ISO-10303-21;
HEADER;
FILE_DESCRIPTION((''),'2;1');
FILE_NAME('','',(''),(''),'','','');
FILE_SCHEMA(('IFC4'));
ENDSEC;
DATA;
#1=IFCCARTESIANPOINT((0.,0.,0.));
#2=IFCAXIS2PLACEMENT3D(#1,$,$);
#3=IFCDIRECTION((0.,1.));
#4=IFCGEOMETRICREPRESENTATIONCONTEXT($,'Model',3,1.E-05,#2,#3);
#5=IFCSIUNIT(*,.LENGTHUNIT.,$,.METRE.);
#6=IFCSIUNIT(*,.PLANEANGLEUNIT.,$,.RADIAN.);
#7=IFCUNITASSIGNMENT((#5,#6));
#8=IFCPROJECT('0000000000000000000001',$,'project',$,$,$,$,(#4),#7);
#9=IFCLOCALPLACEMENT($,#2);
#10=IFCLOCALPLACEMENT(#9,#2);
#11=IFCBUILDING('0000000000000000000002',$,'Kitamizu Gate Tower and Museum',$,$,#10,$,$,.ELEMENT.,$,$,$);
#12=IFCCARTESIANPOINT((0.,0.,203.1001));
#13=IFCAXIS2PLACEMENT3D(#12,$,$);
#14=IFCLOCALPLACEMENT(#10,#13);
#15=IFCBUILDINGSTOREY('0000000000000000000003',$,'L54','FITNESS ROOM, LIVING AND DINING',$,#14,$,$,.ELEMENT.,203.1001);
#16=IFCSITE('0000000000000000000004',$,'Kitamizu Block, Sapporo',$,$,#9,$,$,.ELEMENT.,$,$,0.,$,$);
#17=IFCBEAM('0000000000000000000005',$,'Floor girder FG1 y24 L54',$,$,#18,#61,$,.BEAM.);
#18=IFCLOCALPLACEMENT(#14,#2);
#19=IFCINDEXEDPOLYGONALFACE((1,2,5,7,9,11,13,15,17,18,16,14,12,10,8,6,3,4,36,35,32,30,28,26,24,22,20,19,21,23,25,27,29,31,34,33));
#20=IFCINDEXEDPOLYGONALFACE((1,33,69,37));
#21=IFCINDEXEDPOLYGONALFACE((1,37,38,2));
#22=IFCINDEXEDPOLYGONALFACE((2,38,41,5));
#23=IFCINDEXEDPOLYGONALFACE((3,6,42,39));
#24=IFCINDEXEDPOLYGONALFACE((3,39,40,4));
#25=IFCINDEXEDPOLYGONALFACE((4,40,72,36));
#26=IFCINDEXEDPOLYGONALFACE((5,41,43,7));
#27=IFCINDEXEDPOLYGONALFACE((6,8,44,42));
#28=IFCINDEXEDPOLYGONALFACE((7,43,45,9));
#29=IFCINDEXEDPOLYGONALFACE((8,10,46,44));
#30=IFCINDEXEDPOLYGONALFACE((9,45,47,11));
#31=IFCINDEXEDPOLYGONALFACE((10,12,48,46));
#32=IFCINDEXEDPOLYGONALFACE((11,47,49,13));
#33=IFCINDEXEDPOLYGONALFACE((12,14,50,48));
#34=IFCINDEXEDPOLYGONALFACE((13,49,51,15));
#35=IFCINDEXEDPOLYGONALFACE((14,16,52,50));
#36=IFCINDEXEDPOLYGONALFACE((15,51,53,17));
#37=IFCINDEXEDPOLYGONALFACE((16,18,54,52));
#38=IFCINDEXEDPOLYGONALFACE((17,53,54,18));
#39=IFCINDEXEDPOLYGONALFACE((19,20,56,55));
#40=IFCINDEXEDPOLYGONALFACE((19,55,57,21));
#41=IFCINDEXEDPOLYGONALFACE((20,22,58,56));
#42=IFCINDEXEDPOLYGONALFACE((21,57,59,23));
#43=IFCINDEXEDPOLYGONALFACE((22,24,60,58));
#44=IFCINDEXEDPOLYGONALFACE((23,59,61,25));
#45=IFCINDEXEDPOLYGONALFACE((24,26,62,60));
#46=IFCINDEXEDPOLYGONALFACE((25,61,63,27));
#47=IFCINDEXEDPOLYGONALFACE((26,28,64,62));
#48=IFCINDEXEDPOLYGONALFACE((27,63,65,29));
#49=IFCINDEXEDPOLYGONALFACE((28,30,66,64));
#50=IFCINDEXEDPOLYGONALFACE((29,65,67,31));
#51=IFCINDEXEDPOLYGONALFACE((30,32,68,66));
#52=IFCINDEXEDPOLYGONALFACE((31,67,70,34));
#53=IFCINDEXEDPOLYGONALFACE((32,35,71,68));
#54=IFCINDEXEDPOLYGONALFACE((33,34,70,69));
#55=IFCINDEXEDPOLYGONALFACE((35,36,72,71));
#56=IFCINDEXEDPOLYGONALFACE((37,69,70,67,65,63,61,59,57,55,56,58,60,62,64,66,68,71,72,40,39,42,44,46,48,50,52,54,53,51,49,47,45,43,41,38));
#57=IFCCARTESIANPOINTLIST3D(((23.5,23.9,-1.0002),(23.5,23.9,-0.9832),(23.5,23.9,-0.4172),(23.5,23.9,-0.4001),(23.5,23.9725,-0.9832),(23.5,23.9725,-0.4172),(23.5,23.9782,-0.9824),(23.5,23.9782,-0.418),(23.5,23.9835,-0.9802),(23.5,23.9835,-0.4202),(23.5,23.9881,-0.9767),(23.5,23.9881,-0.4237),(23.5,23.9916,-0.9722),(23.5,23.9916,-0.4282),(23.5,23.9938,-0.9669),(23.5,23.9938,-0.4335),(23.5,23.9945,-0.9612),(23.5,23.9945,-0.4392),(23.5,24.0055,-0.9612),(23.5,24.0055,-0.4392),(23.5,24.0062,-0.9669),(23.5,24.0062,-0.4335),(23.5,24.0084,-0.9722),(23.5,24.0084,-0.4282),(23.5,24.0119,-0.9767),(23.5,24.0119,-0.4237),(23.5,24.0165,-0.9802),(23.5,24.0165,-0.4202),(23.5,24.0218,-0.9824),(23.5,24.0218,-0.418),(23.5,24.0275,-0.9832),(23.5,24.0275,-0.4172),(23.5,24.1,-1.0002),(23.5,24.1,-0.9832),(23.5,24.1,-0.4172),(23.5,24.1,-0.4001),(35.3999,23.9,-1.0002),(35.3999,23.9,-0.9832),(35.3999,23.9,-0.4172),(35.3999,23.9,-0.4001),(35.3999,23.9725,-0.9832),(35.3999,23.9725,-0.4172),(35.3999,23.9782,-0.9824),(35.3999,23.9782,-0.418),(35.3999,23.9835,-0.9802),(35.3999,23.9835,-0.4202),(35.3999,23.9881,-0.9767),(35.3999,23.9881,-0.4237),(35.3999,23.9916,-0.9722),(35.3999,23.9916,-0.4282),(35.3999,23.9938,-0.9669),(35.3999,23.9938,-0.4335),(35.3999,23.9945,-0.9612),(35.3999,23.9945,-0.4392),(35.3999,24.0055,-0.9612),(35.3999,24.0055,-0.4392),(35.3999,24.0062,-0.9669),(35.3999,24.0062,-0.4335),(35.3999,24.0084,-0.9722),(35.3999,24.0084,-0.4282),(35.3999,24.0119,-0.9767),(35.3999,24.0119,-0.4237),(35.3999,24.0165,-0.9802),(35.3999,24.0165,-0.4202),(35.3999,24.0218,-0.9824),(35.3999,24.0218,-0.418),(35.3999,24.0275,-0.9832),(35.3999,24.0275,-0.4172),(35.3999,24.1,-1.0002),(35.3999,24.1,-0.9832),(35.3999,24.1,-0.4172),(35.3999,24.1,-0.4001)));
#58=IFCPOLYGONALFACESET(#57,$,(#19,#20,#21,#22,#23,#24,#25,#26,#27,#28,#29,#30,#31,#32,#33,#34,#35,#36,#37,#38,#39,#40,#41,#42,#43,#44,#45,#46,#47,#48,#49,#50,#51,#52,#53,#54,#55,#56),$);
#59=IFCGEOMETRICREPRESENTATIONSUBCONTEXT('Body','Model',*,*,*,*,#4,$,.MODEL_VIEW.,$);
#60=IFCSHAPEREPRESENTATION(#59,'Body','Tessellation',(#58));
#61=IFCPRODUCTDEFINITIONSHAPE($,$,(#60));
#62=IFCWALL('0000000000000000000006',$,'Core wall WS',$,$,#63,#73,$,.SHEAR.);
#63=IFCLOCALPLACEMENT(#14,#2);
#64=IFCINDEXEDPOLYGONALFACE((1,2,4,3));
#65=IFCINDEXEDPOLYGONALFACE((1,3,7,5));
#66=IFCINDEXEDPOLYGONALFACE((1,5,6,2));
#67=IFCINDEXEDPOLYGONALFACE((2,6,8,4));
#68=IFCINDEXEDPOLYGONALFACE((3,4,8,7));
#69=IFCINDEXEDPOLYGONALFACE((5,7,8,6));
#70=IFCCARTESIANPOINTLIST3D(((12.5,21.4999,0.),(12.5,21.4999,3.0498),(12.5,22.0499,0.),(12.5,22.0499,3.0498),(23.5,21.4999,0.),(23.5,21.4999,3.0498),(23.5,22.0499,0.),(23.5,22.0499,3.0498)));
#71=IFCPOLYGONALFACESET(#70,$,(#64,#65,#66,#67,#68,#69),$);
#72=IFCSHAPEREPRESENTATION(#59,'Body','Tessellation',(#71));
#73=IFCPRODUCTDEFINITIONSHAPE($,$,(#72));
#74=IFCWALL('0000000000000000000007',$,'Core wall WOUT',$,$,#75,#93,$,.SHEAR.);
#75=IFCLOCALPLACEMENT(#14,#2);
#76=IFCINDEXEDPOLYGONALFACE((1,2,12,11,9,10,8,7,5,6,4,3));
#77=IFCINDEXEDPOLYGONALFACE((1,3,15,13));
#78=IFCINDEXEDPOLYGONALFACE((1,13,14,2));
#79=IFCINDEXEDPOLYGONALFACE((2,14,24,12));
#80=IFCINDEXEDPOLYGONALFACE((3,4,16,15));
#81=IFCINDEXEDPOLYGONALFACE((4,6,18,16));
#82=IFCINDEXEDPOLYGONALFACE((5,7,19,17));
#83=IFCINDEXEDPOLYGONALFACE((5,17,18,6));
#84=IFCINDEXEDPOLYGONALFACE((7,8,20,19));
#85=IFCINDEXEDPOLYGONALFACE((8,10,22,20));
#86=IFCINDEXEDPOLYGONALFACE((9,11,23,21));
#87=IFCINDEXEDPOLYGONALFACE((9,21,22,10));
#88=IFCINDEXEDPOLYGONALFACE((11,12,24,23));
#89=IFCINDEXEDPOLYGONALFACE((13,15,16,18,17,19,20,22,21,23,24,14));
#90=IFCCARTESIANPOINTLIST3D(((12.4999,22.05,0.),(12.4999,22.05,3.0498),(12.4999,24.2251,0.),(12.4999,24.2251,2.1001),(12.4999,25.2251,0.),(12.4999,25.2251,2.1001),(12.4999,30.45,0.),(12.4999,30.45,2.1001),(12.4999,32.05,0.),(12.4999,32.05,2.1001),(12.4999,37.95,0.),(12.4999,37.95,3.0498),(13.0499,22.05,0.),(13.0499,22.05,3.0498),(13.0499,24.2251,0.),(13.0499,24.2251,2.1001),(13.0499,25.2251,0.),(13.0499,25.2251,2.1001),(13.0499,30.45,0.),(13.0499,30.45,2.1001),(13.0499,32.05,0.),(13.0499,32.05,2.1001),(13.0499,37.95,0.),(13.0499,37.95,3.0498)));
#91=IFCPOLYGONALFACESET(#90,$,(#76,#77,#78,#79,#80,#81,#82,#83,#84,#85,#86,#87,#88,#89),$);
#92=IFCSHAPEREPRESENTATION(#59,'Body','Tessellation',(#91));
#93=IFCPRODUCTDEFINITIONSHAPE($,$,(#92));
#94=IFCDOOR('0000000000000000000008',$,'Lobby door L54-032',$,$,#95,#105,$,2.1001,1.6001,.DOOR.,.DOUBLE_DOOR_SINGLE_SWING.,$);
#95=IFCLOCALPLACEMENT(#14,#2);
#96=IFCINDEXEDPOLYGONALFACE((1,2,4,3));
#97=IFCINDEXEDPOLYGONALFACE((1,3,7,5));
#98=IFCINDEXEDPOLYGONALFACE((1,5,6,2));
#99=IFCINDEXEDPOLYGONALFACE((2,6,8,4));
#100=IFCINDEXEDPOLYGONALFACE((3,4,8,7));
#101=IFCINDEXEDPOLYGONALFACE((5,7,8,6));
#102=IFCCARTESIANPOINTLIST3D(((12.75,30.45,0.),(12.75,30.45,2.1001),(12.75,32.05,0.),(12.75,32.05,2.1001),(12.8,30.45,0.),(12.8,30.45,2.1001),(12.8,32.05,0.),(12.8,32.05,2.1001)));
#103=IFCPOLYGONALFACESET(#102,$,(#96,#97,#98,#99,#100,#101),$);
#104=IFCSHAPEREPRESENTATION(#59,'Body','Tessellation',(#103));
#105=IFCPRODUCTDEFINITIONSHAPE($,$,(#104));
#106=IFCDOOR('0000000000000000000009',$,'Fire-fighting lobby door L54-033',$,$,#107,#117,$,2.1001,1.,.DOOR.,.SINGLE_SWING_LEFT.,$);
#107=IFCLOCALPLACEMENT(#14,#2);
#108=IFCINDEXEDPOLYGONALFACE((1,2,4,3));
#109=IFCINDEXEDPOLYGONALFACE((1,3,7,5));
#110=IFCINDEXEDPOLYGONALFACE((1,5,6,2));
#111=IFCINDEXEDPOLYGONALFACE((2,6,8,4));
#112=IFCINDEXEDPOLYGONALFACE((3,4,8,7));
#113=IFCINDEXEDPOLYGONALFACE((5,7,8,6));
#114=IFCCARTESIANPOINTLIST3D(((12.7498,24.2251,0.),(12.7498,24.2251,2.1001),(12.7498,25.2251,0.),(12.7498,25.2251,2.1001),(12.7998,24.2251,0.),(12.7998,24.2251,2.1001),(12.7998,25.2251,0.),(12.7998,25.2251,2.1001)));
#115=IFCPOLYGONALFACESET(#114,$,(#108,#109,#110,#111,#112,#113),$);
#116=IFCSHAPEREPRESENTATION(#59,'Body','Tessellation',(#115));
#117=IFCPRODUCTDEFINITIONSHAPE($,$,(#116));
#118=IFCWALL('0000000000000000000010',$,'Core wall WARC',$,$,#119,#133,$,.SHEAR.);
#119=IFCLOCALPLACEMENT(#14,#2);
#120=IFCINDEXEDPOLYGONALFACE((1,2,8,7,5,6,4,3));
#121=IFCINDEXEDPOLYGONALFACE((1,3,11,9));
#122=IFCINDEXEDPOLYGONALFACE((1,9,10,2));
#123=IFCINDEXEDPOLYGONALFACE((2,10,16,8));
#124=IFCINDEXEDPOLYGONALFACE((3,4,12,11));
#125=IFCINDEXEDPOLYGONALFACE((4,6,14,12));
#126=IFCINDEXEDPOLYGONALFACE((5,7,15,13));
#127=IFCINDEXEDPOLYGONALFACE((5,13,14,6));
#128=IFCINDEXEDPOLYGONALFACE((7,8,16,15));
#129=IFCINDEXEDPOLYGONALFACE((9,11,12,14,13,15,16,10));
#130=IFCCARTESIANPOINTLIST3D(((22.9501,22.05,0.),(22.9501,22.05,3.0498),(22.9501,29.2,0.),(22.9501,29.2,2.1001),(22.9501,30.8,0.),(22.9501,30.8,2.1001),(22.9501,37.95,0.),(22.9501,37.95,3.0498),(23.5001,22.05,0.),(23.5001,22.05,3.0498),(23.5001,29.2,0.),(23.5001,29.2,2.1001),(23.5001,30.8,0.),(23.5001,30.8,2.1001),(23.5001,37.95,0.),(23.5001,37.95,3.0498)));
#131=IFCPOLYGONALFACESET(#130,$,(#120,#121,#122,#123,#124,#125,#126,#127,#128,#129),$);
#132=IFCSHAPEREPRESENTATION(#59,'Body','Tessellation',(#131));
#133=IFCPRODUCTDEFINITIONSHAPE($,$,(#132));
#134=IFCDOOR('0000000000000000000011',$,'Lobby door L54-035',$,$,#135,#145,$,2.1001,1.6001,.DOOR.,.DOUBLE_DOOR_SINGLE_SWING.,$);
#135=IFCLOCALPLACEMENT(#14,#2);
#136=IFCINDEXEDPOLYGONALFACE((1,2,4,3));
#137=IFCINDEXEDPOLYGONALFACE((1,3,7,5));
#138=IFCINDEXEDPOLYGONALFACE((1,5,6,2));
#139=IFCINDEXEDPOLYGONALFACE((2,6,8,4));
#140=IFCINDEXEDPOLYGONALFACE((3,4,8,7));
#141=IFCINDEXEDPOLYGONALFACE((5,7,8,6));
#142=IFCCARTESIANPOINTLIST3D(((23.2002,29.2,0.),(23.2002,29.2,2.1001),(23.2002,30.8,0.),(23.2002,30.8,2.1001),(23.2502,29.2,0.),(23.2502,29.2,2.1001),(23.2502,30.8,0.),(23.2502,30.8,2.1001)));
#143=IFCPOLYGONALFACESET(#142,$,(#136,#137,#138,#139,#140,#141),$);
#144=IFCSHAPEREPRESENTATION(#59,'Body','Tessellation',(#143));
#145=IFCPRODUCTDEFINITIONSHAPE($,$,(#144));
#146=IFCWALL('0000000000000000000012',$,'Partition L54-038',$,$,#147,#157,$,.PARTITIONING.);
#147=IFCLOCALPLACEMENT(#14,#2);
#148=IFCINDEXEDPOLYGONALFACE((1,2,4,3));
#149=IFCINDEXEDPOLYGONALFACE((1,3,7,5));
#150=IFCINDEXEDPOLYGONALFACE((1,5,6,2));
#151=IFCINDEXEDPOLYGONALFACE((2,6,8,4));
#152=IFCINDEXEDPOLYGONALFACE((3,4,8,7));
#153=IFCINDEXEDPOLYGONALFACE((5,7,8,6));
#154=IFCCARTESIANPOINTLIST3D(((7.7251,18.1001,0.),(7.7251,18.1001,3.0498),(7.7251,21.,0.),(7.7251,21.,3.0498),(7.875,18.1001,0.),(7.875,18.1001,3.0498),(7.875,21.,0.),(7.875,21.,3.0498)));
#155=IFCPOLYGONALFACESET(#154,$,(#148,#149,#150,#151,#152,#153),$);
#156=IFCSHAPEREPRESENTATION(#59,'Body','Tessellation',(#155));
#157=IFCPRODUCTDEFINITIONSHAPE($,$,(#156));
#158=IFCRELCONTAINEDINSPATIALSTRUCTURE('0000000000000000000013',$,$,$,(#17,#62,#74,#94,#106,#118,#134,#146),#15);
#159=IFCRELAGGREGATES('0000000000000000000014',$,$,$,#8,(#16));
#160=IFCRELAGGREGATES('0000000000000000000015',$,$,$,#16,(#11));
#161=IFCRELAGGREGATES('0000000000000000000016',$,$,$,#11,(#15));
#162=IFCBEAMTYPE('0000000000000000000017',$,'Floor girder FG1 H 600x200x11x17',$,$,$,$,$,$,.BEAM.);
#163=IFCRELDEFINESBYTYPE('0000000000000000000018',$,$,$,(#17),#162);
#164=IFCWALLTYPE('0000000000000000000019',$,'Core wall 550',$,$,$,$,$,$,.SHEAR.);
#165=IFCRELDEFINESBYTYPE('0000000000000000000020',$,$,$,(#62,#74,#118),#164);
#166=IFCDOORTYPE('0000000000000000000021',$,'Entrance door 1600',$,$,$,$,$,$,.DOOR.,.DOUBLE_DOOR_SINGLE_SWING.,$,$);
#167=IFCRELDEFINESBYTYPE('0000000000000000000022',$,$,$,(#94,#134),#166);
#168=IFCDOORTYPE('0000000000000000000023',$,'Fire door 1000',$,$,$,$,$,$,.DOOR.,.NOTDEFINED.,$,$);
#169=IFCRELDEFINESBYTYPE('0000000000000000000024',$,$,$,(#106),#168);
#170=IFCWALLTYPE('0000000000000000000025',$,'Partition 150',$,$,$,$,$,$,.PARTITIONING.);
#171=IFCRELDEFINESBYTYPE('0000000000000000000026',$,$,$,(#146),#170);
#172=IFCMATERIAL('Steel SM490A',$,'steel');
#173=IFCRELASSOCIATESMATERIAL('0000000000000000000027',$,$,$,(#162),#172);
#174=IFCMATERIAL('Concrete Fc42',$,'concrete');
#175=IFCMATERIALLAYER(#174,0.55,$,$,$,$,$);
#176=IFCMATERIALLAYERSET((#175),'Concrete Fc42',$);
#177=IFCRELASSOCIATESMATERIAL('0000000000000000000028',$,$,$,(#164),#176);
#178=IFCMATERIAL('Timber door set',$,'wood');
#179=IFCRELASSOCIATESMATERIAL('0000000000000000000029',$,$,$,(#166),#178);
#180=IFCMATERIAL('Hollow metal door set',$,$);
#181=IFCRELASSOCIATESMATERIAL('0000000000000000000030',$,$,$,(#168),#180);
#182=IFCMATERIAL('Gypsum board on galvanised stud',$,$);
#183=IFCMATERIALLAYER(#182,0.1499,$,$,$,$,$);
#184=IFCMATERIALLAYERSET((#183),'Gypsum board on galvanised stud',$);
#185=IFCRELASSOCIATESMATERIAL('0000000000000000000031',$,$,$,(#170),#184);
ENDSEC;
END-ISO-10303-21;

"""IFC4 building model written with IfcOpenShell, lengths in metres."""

from ifc_helpers import new_model, si_unit, direction, frame, frame_2d, origin, origin_2d, place, context, subcontext, project, spatial, rectangle, i_section, extrude, material, layer, layer_set, material_profile, profile_set, type_object, element, fill, save


model = new_model("IFC4")

# Units and contexts
model_context = context("Model", 3, precision=1e-05, world=origin(), true_north=direction((0.0, 1.0)))
body_context = subcontext(model_context, "Body", "Model", "MODEL_VIEW")
ifc_project = project(units=[si_unit("LENGTHUNIT", "METRE"), si_unit("PLANEANGLEUNIT", "RADIAN")], contexts=[model_context])

# Site, building, storey
site_placement = place(None, origin())
site = spatial("IfcSite", under=ifc_project, at=site_placement, Name="Kitamizu Block, Sapporo", CompositionType="ELEMENT", RefElevation=0.0)
building_placement = place(site_placement, origin())
building = spatial("IfcBuilding", under=site, at=building_placement, Name="Kitamizu Gate Tower and Museum", CompositionType="ELEMENT")
storey_placement = place(building_placement, frame((0.0, 0.0, 203.1001)))
storey = spatial("IfcBuildingStorey", under=building, at=storey_placement, Name="L54", Description="FITNESS ROOM, LIVING AND DINING", CompositionType="ELEMENT", Elevation=203.1001)

# Beam
ifc_material_1 = material(Name="Steel SM490A", Category="steel")
ifc_material_profile = material_profile(ifc_material_1, i_section(OverallWidth=0.2, OverallDepth=0.6001, WebThickness=0.011, FlangeThickness=0.0171, FilletRadius=0.022, at=origin_2d()), Name="H-600x200x11x17")
ifc_profile_set = profile_set([ifc_material_profile], Name="Steel SM490A")
beam_type = type_object("IfcBeamType", Name="Floor girder FG1 H 600x200x11x17", PredefinedType="BEAM", material=ifc_profile_set)
beam_placement = place(storey_placement, frame((23.5, 24.0, -0.7002), z_axis=(1.0, 0.0, 0.0), x_axis=(0.0, 1.0, 0.0)))
element("IfcBeam", 1, at=beam_placement, inside=storey, type_object=beam_type, Name="Floor girder FG1 y24 L54", PredefinedType="BEAM", context=body_context, shape_type="SweptSolid", body=[
    extrude(i_section(OverallWidth=0.2, OverallDepth=0.6001, WebThickness=0.011, FlangeThickness=0.0171, FilletRadius=0.022, at=origin_2d()), origin(), (0.0, 0.0, 1.0), 11.8999),
])

# Wall
ifc_material_2 = material(Name="Concrete Fc42", Category="concrete")
ifc_layer_1 = layer(ifc_material_2, 0.55)
ifc_layer_set_1 = layer_set([ifc_layer_1], Name="Concrete Fc42")
wall_type_1 = type_object("IfcWallType", Name="Core wall 550", PredefinedType="SHEAR", material=ifc_layer_set_1)
wall_1_placement = place(storey_placement, frame((12.5, 21.7749, 0.0), z_axis=(0.0, 0.0, 1.0), x_axis=(1.0, 0.0, 0.0)))
element("IfcWall", 2, at=wall_1_placement, inside=storey, type_object=wall_type_1, Name="Core wall WS", PredefinedType="SHEAR", context=body_context, shape_type="SweptSolid", body=[
    extrude(rectangle(XDim=11.0, YDim=0.55, at=frame_2d((5.5, 0.0))), origin(), (0.0, 0.0, 1.0), 3.0498),
])

# Wall, openings, doors
wall_2_placement = place(storey_placement, frame((12.7749, 22.05, 0.0), z_axis=(0.0, 0.0, 1.0), x_axis=(0.0, 1.0, 0.0)))
wall_2 = element("IfcWall", 3, at=wall_2_placement, inside=storey, type_object=wall_type_1, Name="Core wall WOUT", PredefinedType="SHEAR", context=body_context, shape_type="SweptSolid", body=[
    extrude(rectangle(XDim=15.8999, YDim=0.55, at=frame_2d((7.95, 0.0))), origin(), (0.0, 0.0, 1.0), 3.0498),
])
opening_1_placement = place(wall_2_placement, frame((8.3999, 0.0, 0.0)))
opening_1 = element("IfcOpeningElement", 4, at=opening_1_placement, cuts=wall_2, PredefinedType="OPENING", context=body_context, shape_type="SweptSolid", body=[
    extrude(rectangle(XDim=1.6001, YDim=2.1001, at=frame_2d((0.8, 1.05))), frame((0.0, 0.2852, 0.0), z_axis=(0.0, -1.0, 0.0), x_axis=(1.0, 0.0, 0.0)), (0.0, 0.0, 1.0), 0.5701),
])
opening_2_placement = place(wall_2_placement, frame((2.175, 0.0, 0.0)))
opening_2 = element("IfcOpeningElement", 5, at=opening_2_placement, cuts=wall_2, PredefinedType="OPENING", context=body_context, shape_type="SweptSolid", body=[
    extrude(rectangle(XDim=1.0, YDim=2.1001, at=frame_2d((0.5, 1.05))), frame((0.0, 0.2852, 0.0), z_axis=(0.0, -1.0, 0.0), x_axis=(1.0, 0.0, 0.0)), (0.0, 0.0, 1.0), 0.5701),
])
ifc_material_3 = material(Name="Timber door set", Category="wood")
door_type_1 = type_object("IfcDoorType", Name="Entrance door 1600", OperationType="DOUBLE_DOOR_SINGLE_SWING", PredefinedType="DOOR", material=ifc_material_3)
door_1_placement = place(opening_1_placement, origin())
door_1 = element("IfcDoor", 6, at=door_1_placement, inside=storey, type_object=door_type_1, Name="Lobby door L54-032", OperationType="DOUBLE_DOOR_SINGLE_SWING", OverallHeight=2.1001, OverallWidth=1.6001, PredefinedType="DOOR", context=body_context, shape_type="SweptSolid", body=[
    extrude(rectangle(XDim=1.6001, YDim=2.1001, at=frame_2d((0.8, 1.05))), frame((0.0, 0.0249, 0.0), z_axis=(0.0, -1.0, 0.0), x_axis=(1.0, 0.0, 0.0)), (0.0, 0.0, 1.0), 0.05),
])
fill(opening_1, door_1)
ifc_material_4 = material(Name="Hollow metal door set")
door_type_2 = type_object("IfcDoorType", Name="Fire door 1000", OperationType="NOTDEFINED", PredefinedType="DOOR", material=ifc_material_4)
door_2_placement = place(opening_2_placement, frame((1.0, 0.0, 0.0), x_axis=(-1.0, 0.0, 0.0)))
door_2 = element("IfcDoor", 7, at=door_2_placement, inside=storey, type_object=door_type_2, Name="Fire-fighting lobby door L54-033", OperationType="SINGLE_SWING_LEFT", OverallHeight=2.1001, OverallWidth=1.0, PredefinedType="DOOR", context=body_context, shape_type="SweptSolid", body=[
    extrude(rectangle(XDim=1.0, YDim=2.1001, at=frame_2d((0.5, 1.05))), frame((0.0, 0.0249, 0.0), z_axis=(0.0, -1.0, 0.0), x_axis=(1.0, 0.0, 0.0)), (0.0, 0.0, 1.0), 0.05),
])
fill(opening_2, door_2)

# Wall, opening, door
wall_3_placement = place(storey_placement, frame((23.2251, 22.05, 0.0), z_axis=(0.0, 0.0, 1.0), x_axis=(0.0, 1.0, 0.0)))
wall_3 = element("IfcWall", 8, at=wall_3_placement, inside=storey, type_object=wall_type_1, Name="Core wall WARC", PredefinedType="SHEAR", context=body_context, shape_type="SweptSolid", body=[
    extrude(rectangle(XDim=15.8999, YDim=0.55, at=frame_2d((7.95, 0.0))), origin(), (0.0, 0.0, 1.0), 3.0498),
])
opening_3_placement = place(wall_3_placement, frame((7.1499, 0.0, 0.0)))
opening_3 = element("IfcOpeningElement", 9, at=opening_3_placement, cuts=wall_3, PredefinedType="OPENING", context=body_context, shape_type="SweptSolid", body=[
    extrude(rectangle(XDim=1.6001, YDim=2.1001, at=frame_2d((0.8, 1.05))), frame((0.0, 0.2852, 0.0), z_axis=(0.0, -1.0, 0.0), x_axis=(1.0, 0.0, 0.0)), (0.0, 0.0, 1.0), 0.5701),
])
door_3_placement = place(opening_3_placement, origin())
door_3 = element("IfcDoor", 10, at=door_3_placement, inside=storey, type_object=door_type_1, Name="Lobby door L54-035", OperationType="DOUBLE_DOOR_SINGLE_SWING", OverallHeight=2.1001, OverallWidth=1.6001, PredefinedType="DOOR", context=body_context, shape_type="SweptSolid", body=[
    extrude(rectangle(XDim=1.6001, YDim=2.1001, at=frame_2d((0.8, 1.05))), frame((0.0, 0.0249, 0.0), z_axis=(0.0, -1.0, 0.0), x_axis=(1.0, 0.0, 0.0)), (0.0, 0.0, 1.0), 0.05),
])
fill(opening_3, door_3)

# Wall
ifc_material_5 = material(Name="Gypsum board on galvanised stud")
ifc_layer_2 = layer(ifc_material_5, 0.1499)
ifc_layer_set_2 = layer_set([ifc_layer_2], Name="Gypsum board on galvanised stud")
wall_type_2 = type_object("IfcWallType", Name="Partition 150", PredefinedType="PARTITIONING", material=ifc_layer_set_2)
wall_4_placement = place(storey_placement, frame((7.8, 18.1001, 0.0), z_axis=(0.0, 0.0, 1.0), x_axis=(0.0, 1.0, 0.0)))
element("IfcWall", 11, at=wall_4_placement, inside=storey, type_object=wall_type_2, Name="Partition L54-038", PredefinedType="PARTITIONING", context=body_context, shape_type="SweptSolid", body=[
    extrude(rectangle(XDim=2.8999, YDim=0.1499, at=frame_2d((1.45, 0.0))), origin(), (0.0, 0.0, 1.0), 3.0498),
])

save(model, "model.ifc")
